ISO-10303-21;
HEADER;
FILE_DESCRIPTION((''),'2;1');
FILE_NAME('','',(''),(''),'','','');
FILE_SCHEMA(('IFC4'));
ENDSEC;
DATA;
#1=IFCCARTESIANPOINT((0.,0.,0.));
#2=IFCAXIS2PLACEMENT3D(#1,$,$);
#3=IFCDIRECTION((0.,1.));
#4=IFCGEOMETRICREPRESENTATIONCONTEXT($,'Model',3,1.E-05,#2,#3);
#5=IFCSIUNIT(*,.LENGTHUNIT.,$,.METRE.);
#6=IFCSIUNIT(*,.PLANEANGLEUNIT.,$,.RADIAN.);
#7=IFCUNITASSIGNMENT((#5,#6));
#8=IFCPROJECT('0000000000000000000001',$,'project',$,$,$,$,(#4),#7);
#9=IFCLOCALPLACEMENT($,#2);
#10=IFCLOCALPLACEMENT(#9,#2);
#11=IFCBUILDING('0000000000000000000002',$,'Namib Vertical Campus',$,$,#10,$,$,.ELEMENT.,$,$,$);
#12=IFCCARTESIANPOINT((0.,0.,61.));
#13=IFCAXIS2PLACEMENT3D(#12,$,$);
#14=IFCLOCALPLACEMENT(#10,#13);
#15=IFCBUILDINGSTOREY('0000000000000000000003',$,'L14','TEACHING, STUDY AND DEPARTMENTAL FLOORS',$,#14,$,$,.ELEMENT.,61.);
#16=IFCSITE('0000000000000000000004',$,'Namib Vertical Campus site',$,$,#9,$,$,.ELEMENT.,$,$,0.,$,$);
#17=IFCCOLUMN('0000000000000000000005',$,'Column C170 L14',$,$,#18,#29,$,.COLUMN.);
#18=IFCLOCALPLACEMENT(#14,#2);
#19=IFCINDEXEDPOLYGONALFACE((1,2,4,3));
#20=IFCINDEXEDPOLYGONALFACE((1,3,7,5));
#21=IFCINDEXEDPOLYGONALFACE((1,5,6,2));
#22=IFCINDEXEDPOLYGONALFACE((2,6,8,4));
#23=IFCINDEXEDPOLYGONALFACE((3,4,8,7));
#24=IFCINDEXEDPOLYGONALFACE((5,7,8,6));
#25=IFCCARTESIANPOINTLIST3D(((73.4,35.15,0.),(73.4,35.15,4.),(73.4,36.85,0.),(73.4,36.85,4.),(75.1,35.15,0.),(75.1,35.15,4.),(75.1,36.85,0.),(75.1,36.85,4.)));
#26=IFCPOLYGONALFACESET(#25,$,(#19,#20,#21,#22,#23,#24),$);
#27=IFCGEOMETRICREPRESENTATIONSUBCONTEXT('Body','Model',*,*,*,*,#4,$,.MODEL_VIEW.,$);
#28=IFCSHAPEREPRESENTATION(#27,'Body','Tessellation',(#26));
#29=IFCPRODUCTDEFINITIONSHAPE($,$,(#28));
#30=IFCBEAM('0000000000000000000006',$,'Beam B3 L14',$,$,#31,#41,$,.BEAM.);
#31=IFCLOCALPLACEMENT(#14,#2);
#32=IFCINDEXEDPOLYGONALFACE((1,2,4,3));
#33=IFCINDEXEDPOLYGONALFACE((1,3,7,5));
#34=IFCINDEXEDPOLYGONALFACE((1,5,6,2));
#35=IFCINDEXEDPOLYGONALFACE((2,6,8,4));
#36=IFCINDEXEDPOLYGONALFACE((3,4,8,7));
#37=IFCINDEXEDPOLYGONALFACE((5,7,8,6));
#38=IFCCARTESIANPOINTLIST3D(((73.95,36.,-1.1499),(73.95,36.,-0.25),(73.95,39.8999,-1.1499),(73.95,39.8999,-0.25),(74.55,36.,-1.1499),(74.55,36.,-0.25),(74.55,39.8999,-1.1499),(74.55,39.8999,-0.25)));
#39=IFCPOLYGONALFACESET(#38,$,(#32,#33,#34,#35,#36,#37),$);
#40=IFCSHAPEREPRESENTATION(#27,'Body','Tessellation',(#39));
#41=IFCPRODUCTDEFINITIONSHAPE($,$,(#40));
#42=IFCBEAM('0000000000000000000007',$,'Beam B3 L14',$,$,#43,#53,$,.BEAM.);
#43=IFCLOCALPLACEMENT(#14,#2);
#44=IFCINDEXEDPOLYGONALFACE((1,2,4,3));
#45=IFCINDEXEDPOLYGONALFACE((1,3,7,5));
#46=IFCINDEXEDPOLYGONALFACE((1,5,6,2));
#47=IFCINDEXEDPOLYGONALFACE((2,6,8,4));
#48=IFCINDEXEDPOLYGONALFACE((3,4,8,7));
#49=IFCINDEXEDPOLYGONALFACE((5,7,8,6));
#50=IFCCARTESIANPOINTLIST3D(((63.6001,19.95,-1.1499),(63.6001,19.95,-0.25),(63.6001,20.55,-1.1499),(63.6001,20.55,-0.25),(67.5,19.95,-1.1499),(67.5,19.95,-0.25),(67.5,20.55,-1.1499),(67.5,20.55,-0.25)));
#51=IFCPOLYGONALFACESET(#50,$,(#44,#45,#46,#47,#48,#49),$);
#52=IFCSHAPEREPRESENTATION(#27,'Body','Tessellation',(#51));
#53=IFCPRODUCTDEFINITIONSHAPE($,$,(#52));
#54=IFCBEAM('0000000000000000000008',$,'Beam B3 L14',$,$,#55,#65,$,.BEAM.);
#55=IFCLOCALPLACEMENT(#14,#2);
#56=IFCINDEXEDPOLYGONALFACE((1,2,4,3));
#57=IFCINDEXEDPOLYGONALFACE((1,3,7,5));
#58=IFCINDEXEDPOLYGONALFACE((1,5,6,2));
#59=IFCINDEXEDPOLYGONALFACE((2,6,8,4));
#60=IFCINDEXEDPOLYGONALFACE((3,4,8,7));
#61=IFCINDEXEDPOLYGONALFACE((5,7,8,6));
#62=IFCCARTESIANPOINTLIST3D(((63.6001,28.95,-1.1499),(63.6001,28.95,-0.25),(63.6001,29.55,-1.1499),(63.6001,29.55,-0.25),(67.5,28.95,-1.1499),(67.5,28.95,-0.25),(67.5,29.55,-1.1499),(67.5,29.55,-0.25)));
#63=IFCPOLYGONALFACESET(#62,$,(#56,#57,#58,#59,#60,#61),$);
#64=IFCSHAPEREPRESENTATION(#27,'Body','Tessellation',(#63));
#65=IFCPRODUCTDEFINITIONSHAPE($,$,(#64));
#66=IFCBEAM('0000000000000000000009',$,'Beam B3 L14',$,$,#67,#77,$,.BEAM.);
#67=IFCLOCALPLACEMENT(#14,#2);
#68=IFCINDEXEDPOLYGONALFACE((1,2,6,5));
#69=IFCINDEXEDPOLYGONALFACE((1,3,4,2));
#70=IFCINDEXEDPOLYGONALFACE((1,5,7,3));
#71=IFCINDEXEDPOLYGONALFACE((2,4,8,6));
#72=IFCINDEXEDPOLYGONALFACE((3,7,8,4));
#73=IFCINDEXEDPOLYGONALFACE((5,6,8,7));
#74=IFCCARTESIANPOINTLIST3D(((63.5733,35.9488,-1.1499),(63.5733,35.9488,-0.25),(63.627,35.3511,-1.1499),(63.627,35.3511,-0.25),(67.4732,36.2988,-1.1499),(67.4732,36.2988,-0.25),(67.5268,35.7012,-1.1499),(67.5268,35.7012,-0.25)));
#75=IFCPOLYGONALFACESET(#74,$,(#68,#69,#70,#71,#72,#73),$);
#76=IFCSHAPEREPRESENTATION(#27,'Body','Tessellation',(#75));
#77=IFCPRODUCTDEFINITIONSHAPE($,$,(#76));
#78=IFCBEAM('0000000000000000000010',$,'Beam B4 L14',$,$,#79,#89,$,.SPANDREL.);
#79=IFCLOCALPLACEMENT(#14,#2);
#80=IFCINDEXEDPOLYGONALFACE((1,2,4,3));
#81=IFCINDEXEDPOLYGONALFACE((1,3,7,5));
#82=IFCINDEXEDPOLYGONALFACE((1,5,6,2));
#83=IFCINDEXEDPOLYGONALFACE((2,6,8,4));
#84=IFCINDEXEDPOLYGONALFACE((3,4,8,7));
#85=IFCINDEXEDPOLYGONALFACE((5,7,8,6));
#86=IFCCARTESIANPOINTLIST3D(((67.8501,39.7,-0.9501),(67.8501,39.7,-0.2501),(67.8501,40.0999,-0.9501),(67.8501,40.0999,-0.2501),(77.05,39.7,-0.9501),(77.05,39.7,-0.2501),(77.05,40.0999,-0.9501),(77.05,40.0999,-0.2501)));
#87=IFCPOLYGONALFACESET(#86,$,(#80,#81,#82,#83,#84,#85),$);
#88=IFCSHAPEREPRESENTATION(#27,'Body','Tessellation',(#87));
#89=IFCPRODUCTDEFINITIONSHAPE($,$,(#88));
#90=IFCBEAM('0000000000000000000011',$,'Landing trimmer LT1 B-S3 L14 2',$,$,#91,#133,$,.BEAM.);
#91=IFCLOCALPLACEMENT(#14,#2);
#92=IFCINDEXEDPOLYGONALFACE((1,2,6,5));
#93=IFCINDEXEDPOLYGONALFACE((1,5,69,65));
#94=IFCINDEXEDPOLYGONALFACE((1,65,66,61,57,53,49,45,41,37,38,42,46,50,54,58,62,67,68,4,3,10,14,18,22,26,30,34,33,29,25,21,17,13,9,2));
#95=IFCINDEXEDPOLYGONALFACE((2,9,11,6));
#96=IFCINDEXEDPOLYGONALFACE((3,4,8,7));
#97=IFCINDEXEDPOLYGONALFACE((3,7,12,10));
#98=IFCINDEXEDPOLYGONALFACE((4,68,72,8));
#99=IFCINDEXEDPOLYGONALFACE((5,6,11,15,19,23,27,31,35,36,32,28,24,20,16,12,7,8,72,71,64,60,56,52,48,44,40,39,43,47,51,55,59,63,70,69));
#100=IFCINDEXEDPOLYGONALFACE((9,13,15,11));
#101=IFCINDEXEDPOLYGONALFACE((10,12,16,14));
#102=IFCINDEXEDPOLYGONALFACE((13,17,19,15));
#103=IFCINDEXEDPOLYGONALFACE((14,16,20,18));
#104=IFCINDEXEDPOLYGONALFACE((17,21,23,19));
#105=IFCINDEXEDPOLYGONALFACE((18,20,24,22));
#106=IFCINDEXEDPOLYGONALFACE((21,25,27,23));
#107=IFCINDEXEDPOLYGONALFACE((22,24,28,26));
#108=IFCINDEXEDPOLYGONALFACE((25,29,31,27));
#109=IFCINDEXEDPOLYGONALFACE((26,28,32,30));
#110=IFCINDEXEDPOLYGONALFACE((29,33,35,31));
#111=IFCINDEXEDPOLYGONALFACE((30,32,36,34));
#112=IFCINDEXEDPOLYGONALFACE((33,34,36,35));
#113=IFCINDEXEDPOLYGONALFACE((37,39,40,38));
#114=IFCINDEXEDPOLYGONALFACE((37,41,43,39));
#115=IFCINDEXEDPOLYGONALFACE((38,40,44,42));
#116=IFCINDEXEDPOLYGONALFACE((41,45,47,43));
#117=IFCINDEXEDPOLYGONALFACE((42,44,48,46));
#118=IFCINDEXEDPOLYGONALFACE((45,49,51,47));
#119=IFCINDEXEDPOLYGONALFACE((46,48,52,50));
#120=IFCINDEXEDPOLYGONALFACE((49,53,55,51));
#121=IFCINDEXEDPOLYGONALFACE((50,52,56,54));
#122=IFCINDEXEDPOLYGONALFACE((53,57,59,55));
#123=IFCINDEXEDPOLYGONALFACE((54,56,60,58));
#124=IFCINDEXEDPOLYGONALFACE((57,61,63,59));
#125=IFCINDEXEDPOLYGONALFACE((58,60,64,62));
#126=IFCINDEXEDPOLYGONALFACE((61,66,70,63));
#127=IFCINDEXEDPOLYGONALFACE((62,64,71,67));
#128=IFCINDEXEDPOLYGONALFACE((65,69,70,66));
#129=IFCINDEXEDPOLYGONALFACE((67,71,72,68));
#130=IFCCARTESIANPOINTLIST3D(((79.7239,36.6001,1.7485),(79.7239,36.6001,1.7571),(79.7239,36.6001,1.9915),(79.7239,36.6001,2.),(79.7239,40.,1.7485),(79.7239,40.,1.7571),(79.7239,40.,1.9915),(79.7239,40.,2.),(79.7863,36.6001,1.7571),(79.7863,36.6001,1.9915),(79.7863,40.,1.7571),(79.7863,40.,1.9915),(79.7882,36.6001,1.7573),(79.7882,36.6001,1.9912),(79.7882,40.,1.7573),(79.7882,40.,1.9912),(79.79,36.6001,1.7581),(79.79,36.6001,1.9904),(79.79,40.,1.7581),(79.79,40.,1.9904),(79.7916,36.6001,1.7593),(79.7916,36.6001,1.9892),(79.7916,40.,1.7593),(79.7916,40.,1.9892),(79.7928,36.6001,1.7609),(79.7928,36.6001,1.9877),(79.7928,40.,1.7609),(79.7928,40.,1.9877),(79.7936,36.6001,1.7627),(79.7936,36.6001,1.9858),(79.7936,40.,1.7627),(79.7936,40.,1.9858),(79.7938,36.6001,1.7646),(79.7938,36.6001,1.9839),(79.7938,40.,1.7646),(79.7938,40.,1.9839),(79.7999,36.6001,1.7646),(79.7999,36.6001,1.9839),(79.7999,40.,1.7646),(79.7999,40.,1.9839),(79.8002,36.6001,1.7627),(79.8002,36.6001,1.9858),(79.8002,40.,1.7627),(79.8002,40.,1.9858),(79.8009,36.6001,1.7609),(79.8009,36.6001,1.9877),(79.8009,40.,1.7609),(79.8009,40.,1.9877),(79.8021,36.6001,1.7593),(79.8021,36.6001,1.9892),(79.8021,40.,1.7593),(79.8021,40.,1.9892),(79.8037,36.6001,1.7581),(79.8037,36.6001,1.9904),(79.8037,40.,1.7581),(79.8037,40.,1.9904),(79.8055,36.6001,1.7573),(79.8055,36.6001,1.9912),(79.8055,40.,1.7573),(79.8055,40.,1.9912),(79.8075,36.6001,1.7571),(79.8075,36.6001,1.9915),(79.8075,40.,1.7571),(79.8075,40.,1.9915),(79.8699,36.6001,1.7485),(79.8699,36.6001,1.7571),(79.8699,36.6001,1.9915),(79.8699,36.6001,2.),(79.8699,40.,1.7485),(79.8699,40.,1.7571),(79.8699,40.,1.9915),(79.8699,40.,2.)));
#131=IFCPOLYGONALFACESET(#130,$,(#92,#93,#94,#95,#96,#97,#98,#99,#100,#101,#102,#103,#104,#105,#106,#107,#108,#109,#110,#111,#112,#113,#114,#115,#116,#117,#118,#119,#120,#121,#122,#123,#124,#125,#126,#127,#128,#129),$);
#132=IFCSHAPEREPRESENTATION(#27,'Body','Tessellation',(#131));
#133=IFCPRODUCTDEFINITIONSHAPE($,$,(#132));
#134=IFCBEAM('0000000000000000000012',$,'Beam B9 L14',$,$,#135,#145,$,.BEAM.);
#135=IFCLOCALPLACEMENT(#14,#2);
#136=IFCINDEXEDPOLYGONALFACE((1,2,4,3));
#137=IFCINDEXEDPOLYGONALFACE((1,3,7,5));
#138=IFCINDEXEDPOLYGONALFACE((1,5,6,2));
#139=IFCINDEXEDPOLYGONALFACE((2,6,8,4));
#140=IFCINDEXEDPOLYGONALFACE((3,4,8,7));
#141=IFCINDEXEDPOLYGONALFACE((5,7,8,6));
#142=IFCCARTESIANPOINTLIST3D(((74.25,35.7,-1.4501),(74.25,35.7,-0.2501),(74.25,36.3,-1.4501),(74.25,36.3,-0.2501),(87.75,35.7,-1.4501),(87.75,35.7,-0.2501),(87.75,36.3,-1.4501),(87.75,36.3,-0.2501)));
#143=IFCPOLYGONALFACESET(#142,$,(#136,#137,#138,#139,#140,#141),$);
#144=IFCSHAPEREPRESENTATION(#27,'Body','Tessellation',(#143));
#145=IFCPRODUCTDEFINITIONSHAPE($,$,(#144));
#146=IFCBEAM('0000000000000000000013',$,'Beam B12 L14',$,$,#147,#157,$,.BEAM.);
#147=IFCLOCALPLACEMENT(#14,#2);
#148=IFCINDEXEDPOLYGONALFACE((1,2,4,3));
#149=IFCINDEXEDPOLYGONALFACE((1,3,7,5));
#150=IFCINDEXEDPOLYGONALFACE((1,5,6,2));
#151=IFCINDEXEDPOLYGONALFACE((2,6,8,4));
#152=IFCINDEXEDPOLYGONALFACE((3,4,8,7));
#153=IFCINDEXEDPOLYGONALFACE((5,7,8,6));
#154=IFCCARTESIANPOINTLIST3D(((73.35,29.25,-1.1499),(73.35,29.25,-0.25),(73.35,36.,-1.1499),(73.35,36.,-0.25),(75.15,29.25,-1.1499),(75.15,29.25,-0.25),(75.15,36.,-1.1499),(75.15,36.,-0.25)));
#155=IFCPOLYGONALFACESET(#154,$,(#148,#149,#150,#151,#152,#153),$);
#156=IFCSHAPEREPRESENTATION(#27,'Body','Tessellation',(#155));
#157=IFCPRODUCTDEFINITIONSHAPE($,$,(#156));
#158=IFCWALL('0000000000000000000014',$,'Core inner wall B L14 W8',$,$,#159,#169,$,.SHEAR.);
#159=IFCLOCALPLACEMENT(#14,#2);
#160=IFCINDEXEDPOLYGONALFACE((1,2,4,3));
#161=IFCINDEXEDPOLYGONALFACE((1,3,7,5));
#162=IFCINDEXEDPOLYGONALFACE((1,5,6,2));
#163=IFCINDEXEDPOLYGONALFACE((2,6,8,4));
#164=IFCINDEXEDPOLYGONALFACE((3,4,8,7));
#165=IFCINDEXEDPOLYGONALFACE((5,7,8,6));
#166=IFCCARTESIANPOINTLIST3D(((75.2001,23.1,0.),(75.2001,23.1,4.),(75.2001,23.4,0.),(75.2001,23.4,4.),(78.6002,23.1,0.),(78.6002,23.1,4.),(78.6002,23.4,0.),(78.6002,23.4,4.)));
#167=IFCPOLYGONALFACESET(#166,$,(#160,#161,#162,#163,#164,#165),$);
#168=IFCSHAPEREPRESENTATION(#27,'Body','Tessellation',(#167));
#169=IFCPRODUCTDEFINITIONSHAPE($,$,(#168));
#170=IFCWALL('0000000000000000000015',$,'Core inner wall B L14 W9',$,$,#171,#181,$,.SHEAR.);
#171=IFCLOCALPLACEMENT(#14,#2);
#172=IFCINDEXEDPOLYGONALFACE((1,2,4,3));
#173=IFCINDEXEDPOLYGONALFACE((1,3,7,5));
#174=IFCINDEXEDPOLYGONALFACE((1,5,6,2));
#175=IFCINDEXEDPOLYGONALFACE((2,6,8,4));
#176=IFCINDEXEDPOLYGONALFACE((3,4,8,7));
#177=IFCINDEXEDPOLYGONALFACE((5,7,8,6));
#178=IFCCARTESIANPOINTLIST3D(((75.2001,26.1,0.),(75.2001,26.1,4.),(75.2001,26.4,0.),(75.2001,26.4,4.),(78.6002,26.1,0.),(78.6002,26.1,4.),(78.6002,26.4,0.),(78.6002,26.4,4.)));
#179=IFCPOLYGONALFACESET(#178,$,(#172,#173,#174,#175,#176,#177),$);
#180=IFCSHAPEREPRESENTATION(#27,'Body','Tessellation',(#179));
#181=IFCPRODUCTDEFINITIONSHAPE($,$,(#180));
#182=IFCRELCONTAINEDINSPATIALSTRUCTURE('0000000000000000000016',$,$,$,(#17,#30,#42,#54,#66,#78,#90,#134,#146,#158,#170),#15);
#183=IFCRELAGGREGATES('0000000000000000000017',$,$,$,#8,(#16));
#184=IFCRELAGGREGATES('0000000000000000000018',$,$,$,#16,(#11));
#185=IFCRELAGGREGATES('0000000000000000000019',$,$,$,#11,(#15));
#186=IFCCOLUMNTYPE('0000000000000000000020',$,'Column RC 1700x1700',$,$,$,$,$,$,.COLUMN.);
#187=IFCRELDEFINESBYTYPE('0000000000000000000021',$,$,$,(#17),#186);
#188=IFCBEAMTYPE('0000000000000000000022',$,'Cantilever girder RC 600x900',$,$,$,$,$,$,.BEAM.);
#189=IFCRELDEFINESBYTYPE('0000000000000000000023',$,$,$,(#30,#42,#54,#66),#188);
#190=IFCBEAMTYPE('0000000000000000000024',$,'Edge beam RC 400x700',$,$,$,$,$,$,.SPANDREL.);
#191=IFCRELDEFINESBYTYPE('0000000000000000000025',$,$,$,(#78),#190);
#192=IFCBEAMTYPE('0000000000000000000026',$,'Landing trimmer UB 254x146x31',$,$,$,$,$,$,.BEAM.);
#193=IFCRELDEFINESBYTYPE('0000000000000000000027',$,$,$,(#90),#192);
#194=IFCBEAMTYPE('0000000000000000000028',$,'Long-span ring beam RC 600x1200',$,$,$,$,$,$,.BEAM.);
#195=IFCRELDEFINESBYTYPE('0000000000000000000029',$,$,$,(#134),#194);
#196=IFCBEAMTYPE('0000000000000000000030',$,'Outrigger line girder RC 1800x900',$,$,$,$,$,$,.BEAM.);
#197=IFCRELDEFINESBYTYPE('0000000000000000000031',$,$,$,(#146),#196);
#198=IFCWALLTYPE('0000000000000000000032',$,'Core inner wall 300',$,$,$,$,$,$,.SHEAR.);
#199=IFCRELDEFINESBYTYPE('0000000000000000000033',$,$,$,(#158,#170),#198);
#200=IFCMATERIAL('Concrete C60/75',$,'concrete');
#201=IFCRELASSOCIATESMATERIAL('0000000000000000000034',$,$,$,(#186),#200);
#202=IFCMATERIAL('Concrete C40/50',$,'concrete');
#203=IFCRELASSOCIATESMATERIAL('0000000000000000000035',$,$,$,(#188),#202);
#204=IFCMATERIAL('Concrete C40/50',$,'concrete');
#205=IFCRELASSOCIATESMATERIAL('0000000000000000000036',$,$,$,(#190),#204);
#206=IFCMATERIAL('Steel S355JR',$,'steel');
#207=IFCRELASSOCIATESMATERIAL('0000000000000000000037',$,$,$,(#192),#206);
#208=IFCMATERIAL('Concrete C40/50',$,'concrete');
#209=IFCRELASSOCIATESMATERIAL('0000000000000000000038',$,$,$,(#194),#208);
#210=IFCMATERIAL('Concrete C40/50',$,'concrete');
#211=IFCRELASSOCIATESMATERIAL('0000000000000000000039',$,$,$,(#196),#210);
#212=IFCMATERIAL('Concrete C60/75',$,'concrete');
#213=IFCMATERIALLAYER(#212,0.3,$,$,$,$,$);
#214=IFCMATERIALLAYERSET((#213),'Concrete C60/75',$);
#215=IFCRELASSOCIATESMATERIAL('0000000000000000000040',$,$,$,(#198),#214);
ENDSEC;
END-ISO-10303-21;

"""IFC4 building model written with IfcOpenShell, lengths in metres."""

from ifc_helpers import new_model, si_unit, direction, frame, frame_2d, origin, origin_2d, place, context, subcontext, project, spatial, rectangle, i_section, extrude, material, layer, layer_set, material_profile, profile_set, type_object, element, save


model = new_model("IFC4")

# Units and contexts
model_context = context("Model", 3, precision=1e-05, world=origin(), true_north=direction((0.0, 1.0)))
body_context = subcontext(model_context, "Body", "Model", "MODEL_VIEW")
ifc_project = project(units=[si_unit("LENGTHUNIT", "METRE"), si_unit("PLANEANGLEUNIT", "RADIAN")], contexts=[model_context])

# Site, building, storey
site_placement = place(None, origin())
site = spatial("IfcSite", under=ifc_project, at=site_placement, Name="Namib Vertical Campus site", CompositionType="ELEMENT", RefElevation=0.0)
building_placement = place(site_placement, origin())
building = spatial("IfcBuilding", under=site, at=building_placement, Name="Namib Vertical Campus", CompositionType="ELEMENT")
storey_placement = place(building_placement, frame((0.0, 0.0, 61.0)))
storey = spatial("IfcBuildingStorey", under=building, at=storey_placement, Name="L14", Description="TEACHING, STUDY AND DEPARTMENTAL FLOORS", CompositionType="ELEMENT", Elevation=61.0)

# Column
ifc_material_1 = material(Name="Concrete C60/75", Category="concrete")
ifc_material_profile_1 = material_profile(ifc_material_1, rectangle(XDim=1.7, YDim=1.7, at=origin_2d()))
ifc_profile_set_1 = profile_set([ifc_material_profile_1], Name="Concrete C60/75")
column_type = type_object("IfcColumnType", Name="Column RC 1700x1700", PredefinedType="COLUMN", material=ifc_profile_set_1)
column_placement = place(storey_placement, frame((74.25, 36.0, 0.0), z_axis=(0.0, 0.0, 1.0), x_axis=(1.0, 0.0, 0.0)))
element("IfcColumn", 1, at=column_placement, inside=storey, type_object=column_type, Name="Column C170 L14", PredefinedType="COLUMN", context=body_context, shape_type="SweptSolid", body=[
    extrude(rectangle(XDim=1.7, YDim=1.7, at=origin_2d()), origin(), (0.0, 0.0, 1.0), 4.0),
])

# Beams
ifc_material_2 = material(Name="Concrete C40/50", Category="concrete")
ifc_material_profile_2 = material_profile(ifc_material_2, rectangle(XDim=0.6001, YDim=0.8999, at=origin_2d()))
ifc_profile_set_2 = profile_set([ifc_material_profile_2], Name="Concrete C40/50")
beam_type_1 = type_object("IfcBeamType", Name="Cantilever girder RC 600x900", PredefinedType="BEAM", material=ifc_profile_set_2)
for number, where, z_axis, x_axis, name in (
    (2, (74.25, 36.0, -0.7), (0.0, 1.0, 0.0), (-1.0, 0.0, 0.0), "Beam B3 L14"),
    (3, (67.5, 20.25, -0.7), (-1.0, 0.0, 0.0), (0.0, -1.0, 0.0), "Beam B3 L14"),
    (4, (67.5, 29.25, -0.7), (-1.0, 0.0, 0.0), (0.0, -1.0, 0.0), "Beam B3 L14"),
):
    element("IfcBeam", number, at=place(storey_placement, frame(where, z_axis=z_axis, x_axis=x_axis)), inside=storey, type_object=beam_type_1, Name=name, PredefinedType="BEAM", context=body_context, shape_type="SweptSolid", body=[
        extrude(rectangle(XDim=0.6001, YDim=0.8999, at=origin_2d()), origin(), (0.0, 0.0, 1.0), 3.8999),
    ])
beam_1_placement = place(storey_placement, frame((67.5, 36.0, -0.7), z_axis=(-0.995995, -0.089411, 0.0), x_axis=(0.089411, -0.995995, 0.0)))
element("IfcBeam", 5, at=beam_1_placement, inside=storey, type_object=beam_type_1, Name="Beam B3 L14", PredefinedType="BEAM", context=body_context, shape_type="SweptSolid", body=[
    extrude(rectangle(XDim=0.6001, YDim=0.8999, at=origin_2d()), origin(), (0.0, 0.0, 1.0), 3.9155),
])
ifc_material_3 = material(Name="Concrete C40/50", Category="concrete")
ifc_material_profile_3 = material_profile(ifc_material_3, rectangle(XDim=0.3999, YDim=0.7, at=origin_2d()))
ifc_profile_set_3 = profile_set([ifc_material_profile_3], Name="Concrete C40/50")
beam_type_2 = type_object("IfcBeamType", Name="Edge beam RC 400x700", PredefinedType="SPANDREL", material=ifc_profile_set_3)
beam_2_placement = place(storey_placement, frame((67.8501, 39.8999, -0.6001), z_axis=(1.0, 0.0, 0.0), x_axis=(0.0, 1.0, 0.0)))
element("IfcBeam", 6, at=beam_2_placement, inside=storey, type_object=beam_type_2, Name="Beam B4 L14", PredefinedType="SPANDREL", context=body_context, shape_type="SweptSolid", body=[
    extrude(rectangle(XDim=0.3999, YDim=0.7, at=origin_2d()), origin(), (0.0, 0.0, 1.0), 9.2),
])
ifc_material_4 = material(Name="Steel S355JR", Category="steel")
ifc_material_profile_4 = material_profile(ifc_material_4, i_section(OverallWidth=0.146, OverallDepth=0.2515, WebThickness=0.0061, FlangeThickness=0.0085, FilletRadius=0.0076, at=origin_2d()))
ifc_profile_set_4 = profile_set([ifc_material_profile_4], Name="Steel S355JR")
beam_type_3 = type_object("IfcBeamType", Name="Landing trimmer UB 254x146x31", PredefinedType="BEAM", material=ifc_profile_set_4)
beam_3_placement = place(storey_placement, frame((79.7969, 36.6001, 1.8743), z_axis=(0.0, 1.0, 0.0), x_axis=(-1.0, 0.0, 0.0)))
element("IfcBeam", 7, at=beam_3_placement, inside=storey, type_object=beam_type_3, Name="Landing trimmer LT1 B-S3 L14 2", PredefinedType="BEAM", context=body_context, shape_type="SweptSolid", body=[
    extrude(i_section(OverallWidth=0.146, OverallDepth=0.2515, WebThickness=0.0061, FlangeThickness=0.0085, FilletRadius=0.0076, at=origin_2d()), origin(), (0.0, 0.0, 1.0), 3.3999),
])
ifc_material_5 = material(Name="Concrete C40/50", Category="concrete")
ifc_material_profile_5 = material_profile(ifc_material_5, rectangle(XDim=0.6001, YDim=1.2, at=origin_2d()))
ifc_profile_set_5 = profile_set([ifc_material_profile_5], Name="Concrete C40/50")
beam_type_4 = type_object("IfcBeamType", Name="Long-span ring beam RC 600x1200", PredefinedType="BEAM", material=ifc_profile_set_5)
beam_4_placement = place(storey_placement, frame((74.25, 36.0, -0.8501), z_axis=(1.0, 0.0, 0.0), x_axis=(0.0, 1.0, 0.0)))
element("IfcBeam", 8, at=beam_4_placement, inside=storey, type_object=beam_type_4, Name="Beam B9 L14", PredefinedType="BEAM", context=body_context, shape_type="SweptSolid", body=[
    extrude(rectangle(XDim=0.6001, YDim=1.2, at=origin_2d()), origin(), (0.0, 0.0, 1.0), 13.5),
])
ifc_material_6 = material(Name="Concrete C40/50", Category="concrete")
ifc_material_profile_6 = material_profile(ifc_material_6, rectangle(XDim=1.8, YDim=0.8999, at=origin_2d()))
ifc_profile_set_6 = profile_set([ifc_material_profile_6], Name="Concrete C40/50")
beam_type_5 = type_object("IfcBeamType", Name="Outrigger line girder RC 1800x900", PredefinedType="BEAM", material=ifc_profile_set_6)
beam_5_placement = place(storey_placement, frame((74.25, 36.0, -0.7), z_axis=(0.0, -1.0, 0.0), x_axis=(1.0, 0.0, 0.0)))
element("IfcBeam", 9, at=beam_5_placement, inside=storey, type_object=beam_type_5, Name="Beam B12 L14", PredefinedType="BEAM", context=body_context, shape_type="SweptSolid", body=[
    extrude(rectangle(XDim=1.8, YDim=0.8999, at=origin_2d()), origin(), (0.0, 0.0, 1.0), 6.75),
])

# Walls
ifc_material_7 = material(Name="Concrete C60/75", Category="concrete")
ifc_layer_1 = layer(ifc_material_7, 0.3)
ifc_layer_set_1 = layer_set([ifc_layer_1], Name="Concrete C60/75")
wall_type_1 = type_object("IfcWallType", Name="Core inner wall 300", PredefinedType="SHEAR", material=ifc_layer_set_1)
for number, where, z_axis, x_axis, name in (
    (10, (75.2, 23.25, 0.0), (0.0, 0.0, 1.0), (1.0, 0.0, 0.0), "Core inner wall B L14 W8"),
    (11, (75.2, 26.25, 0.0), (0.0, 0.0, 1.0), (1.0, 0.0, 0.0), "Core inner wall B L14 W9"),
):
    element("IfcWall", number, at=place(storey_placement, frame(where, z_axis=z_axis, x_axis=x_axis)), inside=storey, type_object=wall_type_1, Name=name, PredefinedType="SHEAR", context=body_context, shape_type="SweptSolid", body=[
        extrude(rectangle(XDim=3.4001, YDim=0.3, at=frame_2d((1.7002, 0.0))), origin(), (0.0, 0.0, 1.0), 4.0),
    ])

save(model, "model.ifc")
